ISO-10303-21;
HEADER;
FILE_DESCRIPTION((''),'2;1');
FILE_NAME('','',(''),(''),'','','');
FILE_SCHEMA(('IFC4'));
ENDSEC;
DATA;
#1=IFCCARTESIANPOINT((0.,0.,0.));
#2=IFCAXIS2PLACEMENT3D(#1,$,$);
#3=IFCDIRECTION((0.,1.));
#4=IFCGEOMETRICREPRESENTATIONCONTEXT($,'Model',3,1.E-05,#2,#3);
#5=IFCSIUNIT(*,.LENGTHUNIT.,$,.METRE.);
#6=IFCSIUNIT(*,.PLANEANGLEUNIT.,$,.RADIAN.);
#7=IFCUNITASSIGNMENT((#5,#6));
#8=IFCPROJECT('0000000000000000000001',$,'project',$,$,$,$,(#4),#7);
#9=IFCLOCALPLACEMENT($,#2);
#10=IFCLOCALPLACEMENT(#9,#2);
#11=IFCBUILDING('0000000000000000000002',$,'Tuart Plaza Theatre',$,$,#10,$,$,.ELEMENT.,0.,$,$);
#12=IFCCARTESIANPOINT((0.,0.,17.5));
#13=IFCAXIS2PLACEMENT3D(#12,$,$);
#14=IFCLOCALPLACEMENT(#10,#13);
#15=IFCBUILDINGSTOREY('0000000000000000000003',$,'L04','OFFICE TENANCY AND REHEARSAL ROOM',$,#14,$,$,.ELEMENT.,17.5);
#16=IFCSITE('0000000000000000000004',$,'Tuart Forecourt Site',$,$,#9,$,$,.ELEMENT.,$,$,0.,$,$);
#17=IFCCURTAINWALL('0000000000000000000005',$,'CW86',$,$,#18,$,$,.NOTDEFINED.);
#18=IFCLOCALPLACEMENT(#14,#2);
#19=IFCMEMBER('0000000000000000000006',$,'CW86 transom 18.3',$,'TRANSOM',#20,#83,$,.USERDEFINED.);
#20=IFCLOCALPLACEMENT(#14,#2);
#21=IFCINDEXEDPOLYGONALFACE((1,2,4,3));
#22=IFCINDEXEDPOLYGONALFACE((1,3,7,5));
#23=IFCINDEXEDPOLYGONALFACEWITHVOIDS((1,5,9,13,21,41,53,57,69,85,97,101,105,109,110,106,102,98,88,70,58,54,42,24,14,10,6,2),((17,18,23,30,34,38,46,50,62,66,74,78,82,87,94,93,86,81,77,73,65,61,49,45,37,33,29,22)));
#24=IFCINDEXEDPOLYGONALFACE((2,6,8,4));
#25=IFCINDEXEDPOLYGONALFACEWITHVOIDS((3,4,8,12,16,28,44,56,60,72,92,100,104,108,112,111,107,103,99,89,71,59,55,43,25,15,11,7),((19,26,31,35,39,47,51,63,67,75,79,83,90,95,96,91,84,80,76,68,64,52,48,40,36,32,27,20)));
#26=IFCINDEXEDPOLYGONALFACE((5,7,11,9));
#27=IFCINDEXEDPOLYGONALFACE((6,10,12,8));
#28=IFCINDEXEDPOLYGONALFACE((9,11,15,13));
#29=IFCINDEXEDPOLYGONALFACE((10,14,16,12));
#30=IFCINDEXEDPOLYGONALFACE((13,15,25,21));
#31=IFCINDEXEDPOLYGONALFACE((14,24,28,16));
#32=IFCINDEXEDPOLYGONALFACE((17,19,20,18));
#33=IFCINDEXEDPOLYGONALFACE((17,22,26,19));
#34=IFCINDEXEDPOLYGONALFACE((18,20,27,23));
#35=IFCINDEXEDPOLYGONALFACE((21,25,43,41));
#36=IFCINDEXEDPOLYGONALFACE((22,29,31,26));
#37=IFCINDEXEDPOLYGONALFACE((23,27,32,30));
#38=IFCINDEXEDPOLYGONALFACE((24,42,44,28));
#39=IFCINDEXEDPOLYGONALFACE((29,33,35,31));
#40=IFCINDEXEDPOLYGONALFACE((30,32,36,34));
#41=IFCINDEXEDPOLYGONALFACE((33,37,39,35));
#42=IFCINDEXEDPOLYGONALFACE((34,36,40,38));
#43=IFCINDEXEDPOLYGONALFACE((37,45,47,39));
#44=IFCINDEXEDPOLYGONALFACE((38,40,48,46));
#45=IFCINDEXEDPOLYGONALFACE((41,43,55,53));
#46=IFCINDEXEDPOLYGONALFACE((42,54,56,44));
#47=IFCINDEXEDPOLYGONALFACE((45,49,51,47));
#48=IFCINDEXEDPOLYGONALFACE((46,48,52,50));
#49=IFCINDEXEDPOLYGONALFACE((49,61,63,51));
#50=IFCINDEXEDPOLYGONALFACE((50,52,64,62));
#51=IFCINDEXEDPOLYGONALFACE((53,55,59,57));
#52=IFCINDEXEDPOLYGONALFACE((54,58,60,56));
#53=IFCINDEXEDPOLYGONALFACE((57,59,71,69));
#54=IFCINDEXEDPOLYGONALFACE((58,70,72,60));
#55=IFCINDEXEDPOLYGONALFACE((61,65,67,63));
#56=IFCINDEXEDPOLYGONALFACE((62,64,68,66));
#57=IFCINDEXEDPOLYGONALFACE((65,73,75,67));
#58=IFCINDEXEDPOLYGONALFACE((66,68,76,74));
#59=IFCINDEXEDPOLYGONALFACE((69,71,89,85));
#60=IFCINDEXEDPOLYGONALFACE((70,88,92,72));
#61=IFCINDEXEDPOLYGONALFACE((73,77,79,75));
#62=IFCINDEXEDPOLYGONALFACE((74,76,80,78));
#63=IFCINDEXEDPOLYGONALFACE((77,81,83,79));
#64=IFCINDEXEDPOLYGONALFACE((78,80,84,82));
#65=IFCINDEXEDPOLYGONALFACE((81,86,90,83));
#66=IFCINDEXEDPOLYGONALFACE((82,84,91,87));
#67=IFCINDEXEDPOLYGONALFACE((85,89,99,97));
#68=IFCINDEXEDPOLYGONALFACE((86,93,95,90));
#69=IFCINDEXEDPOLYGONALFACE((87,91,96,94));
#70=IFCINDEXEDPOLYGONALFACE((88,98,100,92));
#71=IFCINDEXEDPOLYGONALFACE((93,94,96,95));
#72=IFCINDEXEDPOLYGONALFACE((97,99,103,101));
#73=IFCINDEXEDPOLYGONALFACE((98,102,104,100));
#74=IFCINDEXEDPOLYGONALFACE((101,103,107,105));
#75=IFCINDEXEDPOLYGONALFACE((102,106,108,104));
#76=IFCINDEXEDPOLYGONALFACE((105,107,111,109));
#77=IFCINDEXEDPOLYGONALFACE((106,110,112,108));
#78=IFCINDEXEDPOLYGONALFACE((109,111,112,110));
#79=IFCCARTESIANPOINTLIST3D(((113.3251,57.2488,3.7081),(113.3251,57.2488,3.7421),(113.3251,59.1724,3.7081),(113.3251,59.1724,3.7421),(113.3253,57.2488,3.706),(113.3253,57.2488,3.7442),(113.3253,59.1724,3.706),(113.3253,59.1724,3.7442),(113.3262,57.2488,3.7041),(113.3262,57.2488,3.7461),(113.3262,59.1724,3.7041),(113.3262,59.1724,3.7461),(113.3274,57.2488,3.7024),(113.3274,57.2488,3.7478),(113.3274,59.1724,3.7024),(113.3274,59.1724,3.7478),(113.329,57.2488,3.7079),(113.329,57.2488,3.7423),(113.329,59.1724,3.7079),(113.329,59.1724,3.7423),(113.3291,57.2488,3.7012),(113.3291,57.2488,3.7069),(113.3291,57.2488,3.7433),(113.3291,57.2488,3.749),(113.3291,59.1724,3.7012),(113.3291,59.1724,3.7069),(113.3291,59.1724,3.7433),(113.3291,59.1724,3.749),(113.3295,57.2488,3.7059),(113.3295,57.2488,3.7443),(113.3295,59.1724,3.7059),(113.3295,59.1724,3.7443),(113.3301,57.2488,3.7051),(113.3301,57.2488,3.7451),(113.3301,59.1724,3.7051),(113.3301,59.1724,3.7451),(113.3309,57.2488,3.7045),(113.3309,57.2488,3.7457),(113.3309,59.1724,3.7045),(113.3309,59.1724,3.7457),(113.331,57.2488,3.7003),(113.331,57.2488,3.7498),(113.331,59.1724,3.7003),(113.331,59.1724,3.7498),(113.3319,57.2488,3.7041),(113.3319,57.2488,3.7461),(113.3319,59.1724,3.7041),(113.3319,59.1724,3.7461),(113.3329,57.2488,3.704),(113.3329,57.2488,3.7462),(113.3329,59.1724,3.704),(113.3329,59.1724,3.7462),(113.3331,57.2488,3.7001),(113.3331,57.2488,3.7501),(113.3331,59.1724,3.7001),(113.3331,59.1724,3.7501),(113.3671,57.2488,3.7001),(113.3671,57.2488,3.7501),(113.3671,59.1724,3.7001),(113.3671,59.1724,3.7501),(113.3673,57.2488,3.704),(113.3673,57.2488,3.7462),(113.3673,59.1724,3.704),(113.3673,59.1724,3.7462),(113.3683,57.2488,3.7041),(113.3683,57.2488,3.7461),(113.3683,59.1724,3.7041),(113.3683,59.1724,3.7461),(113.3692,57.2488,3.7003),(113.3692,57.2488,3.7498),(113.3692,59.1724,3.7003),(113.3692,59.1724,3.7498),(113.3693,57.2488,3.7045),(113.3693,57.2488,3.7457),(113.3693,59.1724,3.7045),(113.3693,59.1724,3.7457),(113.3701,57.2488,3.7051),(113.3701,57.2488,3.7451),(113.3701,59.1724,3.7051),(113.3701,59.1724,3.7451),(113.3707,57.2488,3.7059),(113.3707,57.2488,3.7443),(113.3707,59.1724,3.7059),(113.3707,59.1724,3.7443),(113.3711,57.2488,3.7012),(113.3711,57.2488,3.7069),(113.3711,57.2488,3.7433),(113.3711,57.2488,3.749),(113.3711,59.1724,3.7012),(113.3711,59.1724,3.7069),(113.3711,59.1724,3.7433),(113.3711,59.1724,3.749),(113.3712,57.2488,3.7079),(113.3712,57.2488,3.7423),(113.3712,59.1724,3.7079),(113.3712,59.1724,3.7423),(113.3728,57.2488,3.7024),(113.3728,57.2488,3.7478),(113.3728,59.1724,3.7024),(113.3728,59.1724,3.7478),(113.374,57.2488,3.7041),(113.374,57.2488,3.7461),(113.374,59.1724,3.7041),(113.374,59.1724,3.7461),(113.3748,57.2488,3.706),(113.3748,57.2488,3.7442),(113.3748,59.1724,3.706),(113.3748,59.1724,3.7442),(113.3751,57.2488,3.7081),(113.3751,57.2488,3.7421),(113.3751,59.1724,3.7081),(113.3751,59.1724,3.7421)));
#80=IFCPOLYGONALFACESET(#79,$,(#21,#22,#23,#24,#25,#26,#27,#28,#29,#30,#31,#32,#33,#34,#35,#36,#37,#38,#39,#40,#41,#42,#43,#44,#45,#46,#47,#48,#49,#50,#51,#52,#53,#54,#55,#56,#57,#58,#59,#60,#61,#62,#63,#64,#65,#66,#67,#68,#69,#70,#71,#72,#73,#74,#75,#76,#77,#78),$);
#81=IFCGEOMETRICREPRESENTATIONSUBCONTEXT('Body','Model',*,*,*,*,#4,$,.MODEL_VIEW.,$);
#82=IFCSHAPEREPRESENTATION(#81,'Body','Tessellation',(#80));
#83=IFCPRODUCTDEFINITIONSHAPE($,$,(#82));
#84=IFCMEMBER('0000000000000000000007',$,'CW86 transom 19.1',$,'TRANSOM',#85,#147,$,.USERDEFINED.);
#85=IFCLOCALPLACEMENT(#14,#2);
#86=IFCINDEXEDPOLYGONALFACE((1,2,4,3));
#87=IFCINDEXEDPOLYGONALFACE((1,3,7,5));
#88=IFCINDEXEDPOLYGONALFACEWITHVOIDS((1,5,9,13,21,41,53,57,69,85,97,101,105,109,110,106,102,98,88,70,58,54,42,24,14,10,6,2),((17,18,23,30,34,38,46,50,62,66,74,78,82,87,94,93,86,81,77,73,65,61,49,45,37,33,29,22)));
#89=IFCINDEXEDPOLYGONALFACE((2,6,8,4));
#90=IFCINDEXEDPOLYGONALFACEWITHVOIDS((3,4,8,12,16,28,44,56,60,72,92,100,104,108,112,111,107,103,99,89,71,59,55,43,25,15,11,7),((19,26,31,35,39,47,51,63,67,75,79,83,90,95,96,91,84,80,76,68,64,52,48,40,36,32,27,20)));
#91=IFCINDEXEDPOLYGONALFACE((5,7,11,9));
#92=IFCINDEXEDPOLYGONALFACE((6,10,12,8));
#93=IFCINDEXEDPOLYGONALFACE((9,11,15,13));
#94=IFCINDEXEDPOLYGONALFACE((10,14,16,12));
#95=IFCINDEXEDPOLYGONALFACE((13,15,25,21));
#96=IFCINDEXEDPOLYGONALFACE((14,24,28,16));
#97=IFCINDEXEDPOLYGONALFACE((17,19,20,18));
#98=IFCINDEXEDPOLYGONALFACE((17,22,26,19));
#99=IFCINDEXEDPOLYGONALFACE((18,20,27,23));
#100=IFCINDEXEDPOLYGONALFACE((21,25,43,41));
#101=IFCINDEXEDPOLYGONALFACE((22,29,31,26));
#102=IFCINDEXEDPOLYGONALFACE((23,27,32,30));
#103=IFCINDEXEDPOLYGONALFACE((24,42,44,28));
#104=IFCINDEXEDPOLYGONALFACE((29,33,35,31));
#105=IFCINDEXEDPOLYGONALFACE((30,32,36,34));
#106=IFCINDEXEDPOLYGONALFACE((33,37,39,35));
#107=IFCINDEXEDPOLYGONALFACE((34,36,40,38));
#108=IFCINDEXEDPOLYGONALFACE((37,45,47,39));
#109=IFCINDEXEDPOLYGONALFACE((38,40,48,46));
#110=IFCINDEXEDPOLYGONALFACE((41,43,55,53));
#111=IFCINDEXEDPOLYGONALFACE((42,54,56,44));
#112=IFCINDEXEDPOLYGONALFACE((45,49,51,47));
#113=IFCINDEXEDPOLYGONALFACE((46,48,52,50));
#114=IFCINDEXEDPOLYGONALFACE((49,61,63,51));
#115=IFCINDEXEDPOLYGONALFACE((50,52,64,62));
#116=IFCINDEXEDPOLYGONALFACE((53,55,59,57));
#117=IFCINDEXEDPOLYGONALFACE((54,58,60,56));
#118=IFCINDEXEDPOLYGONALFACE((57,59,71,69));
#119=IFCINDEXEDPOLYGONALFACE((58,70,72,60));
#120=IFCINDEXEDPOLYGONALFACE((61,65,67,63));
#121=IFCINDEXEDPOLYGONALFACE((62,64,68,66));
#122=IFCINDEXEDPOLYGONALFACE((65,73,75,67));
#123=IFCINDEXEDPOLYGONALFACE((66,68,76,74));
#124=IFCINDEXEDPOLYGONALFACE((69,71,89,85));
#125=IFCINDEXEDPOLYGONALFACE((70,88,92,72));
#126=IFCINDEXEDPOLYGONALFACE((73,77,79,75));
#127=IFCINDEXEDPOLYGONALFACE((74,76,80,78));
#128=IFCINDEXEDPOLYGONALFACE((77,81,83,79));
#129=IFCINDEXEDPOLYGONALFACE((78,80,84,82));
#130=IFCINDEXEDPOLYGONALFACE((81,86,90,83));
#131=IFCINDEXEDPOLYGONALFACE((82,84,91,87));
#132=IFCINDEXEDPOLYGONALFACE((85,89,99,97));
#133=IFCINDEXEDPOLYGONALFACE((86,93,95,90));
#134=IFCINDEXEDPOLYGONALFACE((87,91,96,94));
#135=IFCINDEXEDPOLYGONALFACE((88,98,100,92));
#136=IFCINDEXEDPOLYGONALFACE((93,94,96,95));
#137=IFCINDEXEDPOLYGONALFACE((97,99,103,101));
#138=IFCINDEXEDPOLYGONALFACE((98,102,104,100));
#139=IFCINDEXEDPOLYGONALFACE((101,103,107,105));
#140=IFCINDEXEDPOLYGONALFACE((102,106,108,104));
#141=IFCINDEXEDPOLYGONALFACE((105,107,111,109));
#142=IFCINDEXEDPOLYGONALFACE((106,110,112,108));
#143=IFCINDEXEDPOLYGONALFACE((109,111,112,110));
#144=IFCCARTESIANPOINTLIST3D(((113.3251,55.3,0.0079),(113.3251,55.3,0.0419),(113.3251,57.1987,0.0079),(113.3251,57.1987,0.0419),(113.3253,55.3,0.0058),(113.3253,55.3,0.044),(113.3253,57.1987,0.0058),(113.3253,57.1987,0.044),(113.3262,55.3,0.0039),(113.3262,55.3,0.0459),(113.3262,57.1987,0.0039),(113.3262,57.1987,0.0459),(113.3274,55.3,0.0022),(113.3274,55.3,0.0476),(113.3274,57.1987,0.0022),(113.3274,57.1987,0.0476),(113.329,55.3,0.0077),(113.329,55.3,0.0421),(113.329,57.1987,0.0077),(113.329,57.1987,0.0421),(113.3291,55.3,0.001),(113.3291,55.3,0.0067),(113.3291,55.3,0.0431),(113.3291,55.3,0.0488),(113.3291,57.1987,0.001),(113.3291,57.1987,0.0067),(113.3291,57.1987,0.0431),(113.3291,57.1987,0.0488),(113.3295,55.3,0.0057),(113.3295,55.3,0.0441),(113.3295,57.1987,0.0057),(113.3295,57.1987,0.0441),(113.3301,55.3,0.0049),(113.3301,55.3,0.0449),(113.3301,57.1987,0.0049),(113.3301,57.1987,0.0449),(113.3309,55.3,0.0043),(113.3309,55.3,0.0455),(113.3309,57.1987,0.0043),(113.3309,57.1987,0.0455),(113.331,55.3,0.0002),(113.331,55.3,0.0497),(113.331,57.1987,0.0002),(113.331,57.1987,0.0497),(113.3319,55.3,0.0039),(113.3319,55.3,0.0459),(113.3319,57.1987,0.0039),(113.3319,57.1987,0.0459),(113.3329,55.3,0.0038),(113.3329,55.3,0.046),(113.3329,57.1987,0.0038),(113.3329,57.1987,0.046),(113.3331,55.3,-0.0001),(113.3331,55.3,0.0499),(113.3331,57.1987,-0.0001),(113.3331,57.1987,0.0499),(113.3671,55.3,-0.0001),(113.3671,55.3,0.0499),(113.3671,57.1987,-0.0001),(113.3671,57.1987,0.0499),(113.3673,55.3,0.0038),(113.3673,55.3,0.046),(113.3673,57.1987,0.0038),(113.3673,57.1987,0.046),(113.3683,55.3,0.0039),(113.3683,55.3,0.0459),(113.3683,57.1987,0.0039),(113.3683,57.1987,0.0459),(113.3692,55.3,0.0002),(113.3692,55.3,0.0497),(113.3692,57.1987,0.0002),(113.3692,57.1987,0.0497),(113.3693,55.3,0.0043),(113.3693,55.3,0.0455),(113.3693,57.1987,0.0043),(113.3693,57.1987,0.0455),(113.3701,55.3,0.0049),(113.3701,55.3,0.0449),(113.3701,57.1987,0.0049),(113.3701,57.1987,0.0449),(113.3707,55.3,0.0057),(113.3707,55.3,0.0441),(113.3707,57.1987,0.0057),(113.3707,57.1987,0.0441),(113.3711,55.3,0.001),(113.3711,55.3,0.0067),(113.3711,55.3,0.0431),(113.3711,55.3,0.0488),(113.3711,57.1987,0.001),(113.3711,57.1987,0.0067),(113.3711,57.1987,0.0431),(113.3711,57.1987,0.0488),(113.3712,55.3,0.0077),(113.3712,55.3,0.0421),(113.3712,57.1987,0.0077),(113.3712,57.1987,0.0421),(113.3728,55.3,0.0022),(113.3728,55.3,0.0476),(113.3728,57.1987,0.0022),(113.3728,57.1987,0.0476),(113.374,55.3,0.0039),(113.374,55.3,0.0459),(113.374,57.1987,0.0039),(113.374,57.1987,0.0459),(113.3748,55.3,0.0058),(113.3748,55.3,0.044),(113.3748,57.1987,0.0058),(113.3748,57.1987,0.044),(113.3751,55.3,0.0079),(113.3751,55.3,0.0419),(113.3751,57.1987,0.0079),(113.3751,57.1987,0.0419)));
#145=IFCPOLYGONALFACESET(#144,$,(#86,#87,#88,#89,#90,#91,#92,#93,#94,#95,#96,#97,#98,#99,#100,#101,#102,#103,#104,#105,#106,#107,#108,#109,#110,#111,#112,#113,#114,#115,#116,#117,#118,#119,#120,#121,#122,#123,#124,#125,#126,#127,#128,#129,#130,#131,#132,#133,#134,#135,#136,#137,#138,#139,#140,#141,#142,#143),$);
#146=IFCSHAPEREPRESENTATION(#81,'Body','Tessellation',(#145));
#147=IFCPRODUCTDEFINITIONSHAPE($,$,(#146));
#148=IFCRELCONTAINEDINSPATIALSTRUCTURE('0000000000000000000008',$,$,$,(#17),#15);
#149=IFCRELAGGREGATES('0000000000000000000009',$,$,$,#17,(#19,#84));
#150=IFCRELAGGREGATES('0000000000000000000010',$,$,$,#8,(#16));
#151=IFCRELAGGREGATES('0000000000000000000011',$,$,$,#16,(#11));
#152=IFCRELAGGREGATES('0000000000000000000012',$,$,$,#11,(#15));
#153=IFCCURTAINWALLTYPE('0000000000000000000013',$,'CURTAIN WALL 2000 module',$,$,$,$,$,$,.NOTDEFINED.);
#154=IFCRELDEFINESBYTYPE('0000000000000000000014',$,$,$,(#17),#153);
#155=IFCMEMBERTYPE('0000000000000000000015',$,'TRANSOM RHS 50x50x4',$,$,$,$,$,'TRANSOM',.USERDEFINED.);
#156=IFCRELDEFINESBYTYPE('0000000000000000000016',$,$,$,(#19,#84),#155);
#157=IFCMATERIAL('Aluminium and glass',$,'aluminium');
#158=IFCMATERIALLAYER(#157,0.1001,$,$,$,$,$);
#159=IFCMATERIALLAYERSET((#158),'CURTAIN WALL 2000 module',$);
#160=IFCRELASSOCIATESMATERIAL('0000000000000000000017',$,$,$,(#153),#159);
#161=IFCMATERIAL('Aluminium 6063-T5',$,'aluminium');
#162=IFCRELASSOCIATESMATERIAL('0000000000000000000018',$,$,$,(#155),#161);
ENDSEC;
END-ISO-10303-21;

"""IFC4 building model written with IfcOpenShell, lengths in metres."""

from ifc_helpers import new_model, si_unit, direction, frame, origin, origin_2d, place, context, subcontext, project, spatial, hollow_rectangle, extrude, material, layer, layer_set, material_profile, profile_set, type_object, element, aggregate, save


model = new_model("IFC4")

# Units and contexts
model_context = context("Model", 3, precision=1e-05, world=origin(), true_north=direction((0.0, 1.0)))
body_context = subcontext(model_context, "Body", "Model", "MODEL_VIEW")
ifc_project = project(units=[si_unit("LENGTHUNIT", "METRE"), si_unit("PLANEANGLEUNIT", "RADIAN")], contexts=[model_context])

# Site, building, storey
site_placement = place(None, origin())
site = spatial("IfcSite", under=ifc_project, at=site_placement, Name="Tuart Forecourt Site", CompositionType="ELEMENT", RefElevation=0.0)
building_placement = place(site_placement, origin())
building = spatial("IfcBuilding", under=site, at=building_placement, Name="Tuart Plaza Theatre", CompositionType="ELEMENT", ElevationOfRefHeight=0.0)
storey_placement = place(building_placement, frame((0.0, 0.0, 17.5)))
storey = spatial("IfcBuildingStorey", under=building, at=storey_placement, Name="L04", Description="OFFICE TENANCY AND REHEARSAL ROOM", CompositionType="ELEMENT", Elevation=17.5)

# Shared definitions
ifc_material_1 = material(Name="Aluminium and glass", Category="aluminium")
ifc_layer_1 = layer(ifc_material_1, 0.1001)
ifc_layer_set_1 = layer_set([ifc_layer_1], Name="CURTAIN WALL 2000 module")
curtain_wall_type = type_object("IfcCurtainWallType", Name="CURTAIN WALL 2000 module", PredefinedType="NOTDEFINED", material=ifc_layer_set_1)

# Curtain wall, members
curtain_wall_1_placement = place(storey_placement, origin())
curtain_wall_1 = element("IfcCurtainWall", 1, at=curtain_wall_1_placement, inside=storey, type_object=curtain_wall_type, Name="CW86", PredefinedType="NOTDEFINED")
ifc_material_2 = material(Name="Aluminium 6063-T5", Category="aluminium")
ifc_material_profile_1 = material_profile(ifc_material_2, hollow_rectangle(XDim=0.05, YDim=0.05, WallThickness=0.0039, InnerFilletRadius=0.0039, OuterFilletRadius=0.0081, at=origin_2d()), Name="RHS 50x50x4")
ifc_profile_set_1 = profile_set([ifc_material_profile_1], Name="Aluminium 6063-T5")
member_type_1 = type_object("IfcMemberType", Name="TRANSOM RHS 50x50x4", ElementType="TRANSOM", PredefinedType="USERDEFINED", material=ifc_profile_set_1)
member_1_placement = place(storey_placement, frame((113.3501, 59.1724, 3.7251), z_axis=(0.0, -1.0, 0.0), x_axis=(1.0, 0.0, 0.0)))
member_1 = element("IfcMember", 2, at=member_1_placement, type_object=member_type_1, Name="CW86 transom 18.3", ObjectType="TRANSOM", PredefinedType="USERDEFINED", context=body_context, shape_type="SweptSolid", body=[
    extrude(hollow_rectangle(XDim=0.05, YDim=0.05, WallThickness=0.0039, InnerFilletRadius=0.0039, OuterFilletRadius=0.0081, at=origin_2d()), origin(), (0.0, 0.0, 1.0), 1.9236),
])
member_2_placement = place(storey_placement, frame((113.3501, 57.1987, 0.0249), z_axis=(0.0, -1.0, 0.0), x_axis=(1.0, 0.0, 0.0)))
member_2 = element("IfcMember", 3, at=member_2_placement, type_object=member_type_1, Name="CW86 transom 19.1", ObjectType="TRANSOM", PredefinedType="USERDEFINED", context=body_context, shape_type="SweptSolid", body=[
    extrude(hollow_rectangle(XDim=0.05, YDim=0.05, WallThickness=0.0039, InnerFilletRadius=0.0039, OuterFilletRadius=0.0081, at=origin_2d()), origin(), (0.0, 0.0, 1.0), 1.8987),
])

aggregate(curtain_wall_1, [member_1, member_2])

save(model, "model.ifc")
